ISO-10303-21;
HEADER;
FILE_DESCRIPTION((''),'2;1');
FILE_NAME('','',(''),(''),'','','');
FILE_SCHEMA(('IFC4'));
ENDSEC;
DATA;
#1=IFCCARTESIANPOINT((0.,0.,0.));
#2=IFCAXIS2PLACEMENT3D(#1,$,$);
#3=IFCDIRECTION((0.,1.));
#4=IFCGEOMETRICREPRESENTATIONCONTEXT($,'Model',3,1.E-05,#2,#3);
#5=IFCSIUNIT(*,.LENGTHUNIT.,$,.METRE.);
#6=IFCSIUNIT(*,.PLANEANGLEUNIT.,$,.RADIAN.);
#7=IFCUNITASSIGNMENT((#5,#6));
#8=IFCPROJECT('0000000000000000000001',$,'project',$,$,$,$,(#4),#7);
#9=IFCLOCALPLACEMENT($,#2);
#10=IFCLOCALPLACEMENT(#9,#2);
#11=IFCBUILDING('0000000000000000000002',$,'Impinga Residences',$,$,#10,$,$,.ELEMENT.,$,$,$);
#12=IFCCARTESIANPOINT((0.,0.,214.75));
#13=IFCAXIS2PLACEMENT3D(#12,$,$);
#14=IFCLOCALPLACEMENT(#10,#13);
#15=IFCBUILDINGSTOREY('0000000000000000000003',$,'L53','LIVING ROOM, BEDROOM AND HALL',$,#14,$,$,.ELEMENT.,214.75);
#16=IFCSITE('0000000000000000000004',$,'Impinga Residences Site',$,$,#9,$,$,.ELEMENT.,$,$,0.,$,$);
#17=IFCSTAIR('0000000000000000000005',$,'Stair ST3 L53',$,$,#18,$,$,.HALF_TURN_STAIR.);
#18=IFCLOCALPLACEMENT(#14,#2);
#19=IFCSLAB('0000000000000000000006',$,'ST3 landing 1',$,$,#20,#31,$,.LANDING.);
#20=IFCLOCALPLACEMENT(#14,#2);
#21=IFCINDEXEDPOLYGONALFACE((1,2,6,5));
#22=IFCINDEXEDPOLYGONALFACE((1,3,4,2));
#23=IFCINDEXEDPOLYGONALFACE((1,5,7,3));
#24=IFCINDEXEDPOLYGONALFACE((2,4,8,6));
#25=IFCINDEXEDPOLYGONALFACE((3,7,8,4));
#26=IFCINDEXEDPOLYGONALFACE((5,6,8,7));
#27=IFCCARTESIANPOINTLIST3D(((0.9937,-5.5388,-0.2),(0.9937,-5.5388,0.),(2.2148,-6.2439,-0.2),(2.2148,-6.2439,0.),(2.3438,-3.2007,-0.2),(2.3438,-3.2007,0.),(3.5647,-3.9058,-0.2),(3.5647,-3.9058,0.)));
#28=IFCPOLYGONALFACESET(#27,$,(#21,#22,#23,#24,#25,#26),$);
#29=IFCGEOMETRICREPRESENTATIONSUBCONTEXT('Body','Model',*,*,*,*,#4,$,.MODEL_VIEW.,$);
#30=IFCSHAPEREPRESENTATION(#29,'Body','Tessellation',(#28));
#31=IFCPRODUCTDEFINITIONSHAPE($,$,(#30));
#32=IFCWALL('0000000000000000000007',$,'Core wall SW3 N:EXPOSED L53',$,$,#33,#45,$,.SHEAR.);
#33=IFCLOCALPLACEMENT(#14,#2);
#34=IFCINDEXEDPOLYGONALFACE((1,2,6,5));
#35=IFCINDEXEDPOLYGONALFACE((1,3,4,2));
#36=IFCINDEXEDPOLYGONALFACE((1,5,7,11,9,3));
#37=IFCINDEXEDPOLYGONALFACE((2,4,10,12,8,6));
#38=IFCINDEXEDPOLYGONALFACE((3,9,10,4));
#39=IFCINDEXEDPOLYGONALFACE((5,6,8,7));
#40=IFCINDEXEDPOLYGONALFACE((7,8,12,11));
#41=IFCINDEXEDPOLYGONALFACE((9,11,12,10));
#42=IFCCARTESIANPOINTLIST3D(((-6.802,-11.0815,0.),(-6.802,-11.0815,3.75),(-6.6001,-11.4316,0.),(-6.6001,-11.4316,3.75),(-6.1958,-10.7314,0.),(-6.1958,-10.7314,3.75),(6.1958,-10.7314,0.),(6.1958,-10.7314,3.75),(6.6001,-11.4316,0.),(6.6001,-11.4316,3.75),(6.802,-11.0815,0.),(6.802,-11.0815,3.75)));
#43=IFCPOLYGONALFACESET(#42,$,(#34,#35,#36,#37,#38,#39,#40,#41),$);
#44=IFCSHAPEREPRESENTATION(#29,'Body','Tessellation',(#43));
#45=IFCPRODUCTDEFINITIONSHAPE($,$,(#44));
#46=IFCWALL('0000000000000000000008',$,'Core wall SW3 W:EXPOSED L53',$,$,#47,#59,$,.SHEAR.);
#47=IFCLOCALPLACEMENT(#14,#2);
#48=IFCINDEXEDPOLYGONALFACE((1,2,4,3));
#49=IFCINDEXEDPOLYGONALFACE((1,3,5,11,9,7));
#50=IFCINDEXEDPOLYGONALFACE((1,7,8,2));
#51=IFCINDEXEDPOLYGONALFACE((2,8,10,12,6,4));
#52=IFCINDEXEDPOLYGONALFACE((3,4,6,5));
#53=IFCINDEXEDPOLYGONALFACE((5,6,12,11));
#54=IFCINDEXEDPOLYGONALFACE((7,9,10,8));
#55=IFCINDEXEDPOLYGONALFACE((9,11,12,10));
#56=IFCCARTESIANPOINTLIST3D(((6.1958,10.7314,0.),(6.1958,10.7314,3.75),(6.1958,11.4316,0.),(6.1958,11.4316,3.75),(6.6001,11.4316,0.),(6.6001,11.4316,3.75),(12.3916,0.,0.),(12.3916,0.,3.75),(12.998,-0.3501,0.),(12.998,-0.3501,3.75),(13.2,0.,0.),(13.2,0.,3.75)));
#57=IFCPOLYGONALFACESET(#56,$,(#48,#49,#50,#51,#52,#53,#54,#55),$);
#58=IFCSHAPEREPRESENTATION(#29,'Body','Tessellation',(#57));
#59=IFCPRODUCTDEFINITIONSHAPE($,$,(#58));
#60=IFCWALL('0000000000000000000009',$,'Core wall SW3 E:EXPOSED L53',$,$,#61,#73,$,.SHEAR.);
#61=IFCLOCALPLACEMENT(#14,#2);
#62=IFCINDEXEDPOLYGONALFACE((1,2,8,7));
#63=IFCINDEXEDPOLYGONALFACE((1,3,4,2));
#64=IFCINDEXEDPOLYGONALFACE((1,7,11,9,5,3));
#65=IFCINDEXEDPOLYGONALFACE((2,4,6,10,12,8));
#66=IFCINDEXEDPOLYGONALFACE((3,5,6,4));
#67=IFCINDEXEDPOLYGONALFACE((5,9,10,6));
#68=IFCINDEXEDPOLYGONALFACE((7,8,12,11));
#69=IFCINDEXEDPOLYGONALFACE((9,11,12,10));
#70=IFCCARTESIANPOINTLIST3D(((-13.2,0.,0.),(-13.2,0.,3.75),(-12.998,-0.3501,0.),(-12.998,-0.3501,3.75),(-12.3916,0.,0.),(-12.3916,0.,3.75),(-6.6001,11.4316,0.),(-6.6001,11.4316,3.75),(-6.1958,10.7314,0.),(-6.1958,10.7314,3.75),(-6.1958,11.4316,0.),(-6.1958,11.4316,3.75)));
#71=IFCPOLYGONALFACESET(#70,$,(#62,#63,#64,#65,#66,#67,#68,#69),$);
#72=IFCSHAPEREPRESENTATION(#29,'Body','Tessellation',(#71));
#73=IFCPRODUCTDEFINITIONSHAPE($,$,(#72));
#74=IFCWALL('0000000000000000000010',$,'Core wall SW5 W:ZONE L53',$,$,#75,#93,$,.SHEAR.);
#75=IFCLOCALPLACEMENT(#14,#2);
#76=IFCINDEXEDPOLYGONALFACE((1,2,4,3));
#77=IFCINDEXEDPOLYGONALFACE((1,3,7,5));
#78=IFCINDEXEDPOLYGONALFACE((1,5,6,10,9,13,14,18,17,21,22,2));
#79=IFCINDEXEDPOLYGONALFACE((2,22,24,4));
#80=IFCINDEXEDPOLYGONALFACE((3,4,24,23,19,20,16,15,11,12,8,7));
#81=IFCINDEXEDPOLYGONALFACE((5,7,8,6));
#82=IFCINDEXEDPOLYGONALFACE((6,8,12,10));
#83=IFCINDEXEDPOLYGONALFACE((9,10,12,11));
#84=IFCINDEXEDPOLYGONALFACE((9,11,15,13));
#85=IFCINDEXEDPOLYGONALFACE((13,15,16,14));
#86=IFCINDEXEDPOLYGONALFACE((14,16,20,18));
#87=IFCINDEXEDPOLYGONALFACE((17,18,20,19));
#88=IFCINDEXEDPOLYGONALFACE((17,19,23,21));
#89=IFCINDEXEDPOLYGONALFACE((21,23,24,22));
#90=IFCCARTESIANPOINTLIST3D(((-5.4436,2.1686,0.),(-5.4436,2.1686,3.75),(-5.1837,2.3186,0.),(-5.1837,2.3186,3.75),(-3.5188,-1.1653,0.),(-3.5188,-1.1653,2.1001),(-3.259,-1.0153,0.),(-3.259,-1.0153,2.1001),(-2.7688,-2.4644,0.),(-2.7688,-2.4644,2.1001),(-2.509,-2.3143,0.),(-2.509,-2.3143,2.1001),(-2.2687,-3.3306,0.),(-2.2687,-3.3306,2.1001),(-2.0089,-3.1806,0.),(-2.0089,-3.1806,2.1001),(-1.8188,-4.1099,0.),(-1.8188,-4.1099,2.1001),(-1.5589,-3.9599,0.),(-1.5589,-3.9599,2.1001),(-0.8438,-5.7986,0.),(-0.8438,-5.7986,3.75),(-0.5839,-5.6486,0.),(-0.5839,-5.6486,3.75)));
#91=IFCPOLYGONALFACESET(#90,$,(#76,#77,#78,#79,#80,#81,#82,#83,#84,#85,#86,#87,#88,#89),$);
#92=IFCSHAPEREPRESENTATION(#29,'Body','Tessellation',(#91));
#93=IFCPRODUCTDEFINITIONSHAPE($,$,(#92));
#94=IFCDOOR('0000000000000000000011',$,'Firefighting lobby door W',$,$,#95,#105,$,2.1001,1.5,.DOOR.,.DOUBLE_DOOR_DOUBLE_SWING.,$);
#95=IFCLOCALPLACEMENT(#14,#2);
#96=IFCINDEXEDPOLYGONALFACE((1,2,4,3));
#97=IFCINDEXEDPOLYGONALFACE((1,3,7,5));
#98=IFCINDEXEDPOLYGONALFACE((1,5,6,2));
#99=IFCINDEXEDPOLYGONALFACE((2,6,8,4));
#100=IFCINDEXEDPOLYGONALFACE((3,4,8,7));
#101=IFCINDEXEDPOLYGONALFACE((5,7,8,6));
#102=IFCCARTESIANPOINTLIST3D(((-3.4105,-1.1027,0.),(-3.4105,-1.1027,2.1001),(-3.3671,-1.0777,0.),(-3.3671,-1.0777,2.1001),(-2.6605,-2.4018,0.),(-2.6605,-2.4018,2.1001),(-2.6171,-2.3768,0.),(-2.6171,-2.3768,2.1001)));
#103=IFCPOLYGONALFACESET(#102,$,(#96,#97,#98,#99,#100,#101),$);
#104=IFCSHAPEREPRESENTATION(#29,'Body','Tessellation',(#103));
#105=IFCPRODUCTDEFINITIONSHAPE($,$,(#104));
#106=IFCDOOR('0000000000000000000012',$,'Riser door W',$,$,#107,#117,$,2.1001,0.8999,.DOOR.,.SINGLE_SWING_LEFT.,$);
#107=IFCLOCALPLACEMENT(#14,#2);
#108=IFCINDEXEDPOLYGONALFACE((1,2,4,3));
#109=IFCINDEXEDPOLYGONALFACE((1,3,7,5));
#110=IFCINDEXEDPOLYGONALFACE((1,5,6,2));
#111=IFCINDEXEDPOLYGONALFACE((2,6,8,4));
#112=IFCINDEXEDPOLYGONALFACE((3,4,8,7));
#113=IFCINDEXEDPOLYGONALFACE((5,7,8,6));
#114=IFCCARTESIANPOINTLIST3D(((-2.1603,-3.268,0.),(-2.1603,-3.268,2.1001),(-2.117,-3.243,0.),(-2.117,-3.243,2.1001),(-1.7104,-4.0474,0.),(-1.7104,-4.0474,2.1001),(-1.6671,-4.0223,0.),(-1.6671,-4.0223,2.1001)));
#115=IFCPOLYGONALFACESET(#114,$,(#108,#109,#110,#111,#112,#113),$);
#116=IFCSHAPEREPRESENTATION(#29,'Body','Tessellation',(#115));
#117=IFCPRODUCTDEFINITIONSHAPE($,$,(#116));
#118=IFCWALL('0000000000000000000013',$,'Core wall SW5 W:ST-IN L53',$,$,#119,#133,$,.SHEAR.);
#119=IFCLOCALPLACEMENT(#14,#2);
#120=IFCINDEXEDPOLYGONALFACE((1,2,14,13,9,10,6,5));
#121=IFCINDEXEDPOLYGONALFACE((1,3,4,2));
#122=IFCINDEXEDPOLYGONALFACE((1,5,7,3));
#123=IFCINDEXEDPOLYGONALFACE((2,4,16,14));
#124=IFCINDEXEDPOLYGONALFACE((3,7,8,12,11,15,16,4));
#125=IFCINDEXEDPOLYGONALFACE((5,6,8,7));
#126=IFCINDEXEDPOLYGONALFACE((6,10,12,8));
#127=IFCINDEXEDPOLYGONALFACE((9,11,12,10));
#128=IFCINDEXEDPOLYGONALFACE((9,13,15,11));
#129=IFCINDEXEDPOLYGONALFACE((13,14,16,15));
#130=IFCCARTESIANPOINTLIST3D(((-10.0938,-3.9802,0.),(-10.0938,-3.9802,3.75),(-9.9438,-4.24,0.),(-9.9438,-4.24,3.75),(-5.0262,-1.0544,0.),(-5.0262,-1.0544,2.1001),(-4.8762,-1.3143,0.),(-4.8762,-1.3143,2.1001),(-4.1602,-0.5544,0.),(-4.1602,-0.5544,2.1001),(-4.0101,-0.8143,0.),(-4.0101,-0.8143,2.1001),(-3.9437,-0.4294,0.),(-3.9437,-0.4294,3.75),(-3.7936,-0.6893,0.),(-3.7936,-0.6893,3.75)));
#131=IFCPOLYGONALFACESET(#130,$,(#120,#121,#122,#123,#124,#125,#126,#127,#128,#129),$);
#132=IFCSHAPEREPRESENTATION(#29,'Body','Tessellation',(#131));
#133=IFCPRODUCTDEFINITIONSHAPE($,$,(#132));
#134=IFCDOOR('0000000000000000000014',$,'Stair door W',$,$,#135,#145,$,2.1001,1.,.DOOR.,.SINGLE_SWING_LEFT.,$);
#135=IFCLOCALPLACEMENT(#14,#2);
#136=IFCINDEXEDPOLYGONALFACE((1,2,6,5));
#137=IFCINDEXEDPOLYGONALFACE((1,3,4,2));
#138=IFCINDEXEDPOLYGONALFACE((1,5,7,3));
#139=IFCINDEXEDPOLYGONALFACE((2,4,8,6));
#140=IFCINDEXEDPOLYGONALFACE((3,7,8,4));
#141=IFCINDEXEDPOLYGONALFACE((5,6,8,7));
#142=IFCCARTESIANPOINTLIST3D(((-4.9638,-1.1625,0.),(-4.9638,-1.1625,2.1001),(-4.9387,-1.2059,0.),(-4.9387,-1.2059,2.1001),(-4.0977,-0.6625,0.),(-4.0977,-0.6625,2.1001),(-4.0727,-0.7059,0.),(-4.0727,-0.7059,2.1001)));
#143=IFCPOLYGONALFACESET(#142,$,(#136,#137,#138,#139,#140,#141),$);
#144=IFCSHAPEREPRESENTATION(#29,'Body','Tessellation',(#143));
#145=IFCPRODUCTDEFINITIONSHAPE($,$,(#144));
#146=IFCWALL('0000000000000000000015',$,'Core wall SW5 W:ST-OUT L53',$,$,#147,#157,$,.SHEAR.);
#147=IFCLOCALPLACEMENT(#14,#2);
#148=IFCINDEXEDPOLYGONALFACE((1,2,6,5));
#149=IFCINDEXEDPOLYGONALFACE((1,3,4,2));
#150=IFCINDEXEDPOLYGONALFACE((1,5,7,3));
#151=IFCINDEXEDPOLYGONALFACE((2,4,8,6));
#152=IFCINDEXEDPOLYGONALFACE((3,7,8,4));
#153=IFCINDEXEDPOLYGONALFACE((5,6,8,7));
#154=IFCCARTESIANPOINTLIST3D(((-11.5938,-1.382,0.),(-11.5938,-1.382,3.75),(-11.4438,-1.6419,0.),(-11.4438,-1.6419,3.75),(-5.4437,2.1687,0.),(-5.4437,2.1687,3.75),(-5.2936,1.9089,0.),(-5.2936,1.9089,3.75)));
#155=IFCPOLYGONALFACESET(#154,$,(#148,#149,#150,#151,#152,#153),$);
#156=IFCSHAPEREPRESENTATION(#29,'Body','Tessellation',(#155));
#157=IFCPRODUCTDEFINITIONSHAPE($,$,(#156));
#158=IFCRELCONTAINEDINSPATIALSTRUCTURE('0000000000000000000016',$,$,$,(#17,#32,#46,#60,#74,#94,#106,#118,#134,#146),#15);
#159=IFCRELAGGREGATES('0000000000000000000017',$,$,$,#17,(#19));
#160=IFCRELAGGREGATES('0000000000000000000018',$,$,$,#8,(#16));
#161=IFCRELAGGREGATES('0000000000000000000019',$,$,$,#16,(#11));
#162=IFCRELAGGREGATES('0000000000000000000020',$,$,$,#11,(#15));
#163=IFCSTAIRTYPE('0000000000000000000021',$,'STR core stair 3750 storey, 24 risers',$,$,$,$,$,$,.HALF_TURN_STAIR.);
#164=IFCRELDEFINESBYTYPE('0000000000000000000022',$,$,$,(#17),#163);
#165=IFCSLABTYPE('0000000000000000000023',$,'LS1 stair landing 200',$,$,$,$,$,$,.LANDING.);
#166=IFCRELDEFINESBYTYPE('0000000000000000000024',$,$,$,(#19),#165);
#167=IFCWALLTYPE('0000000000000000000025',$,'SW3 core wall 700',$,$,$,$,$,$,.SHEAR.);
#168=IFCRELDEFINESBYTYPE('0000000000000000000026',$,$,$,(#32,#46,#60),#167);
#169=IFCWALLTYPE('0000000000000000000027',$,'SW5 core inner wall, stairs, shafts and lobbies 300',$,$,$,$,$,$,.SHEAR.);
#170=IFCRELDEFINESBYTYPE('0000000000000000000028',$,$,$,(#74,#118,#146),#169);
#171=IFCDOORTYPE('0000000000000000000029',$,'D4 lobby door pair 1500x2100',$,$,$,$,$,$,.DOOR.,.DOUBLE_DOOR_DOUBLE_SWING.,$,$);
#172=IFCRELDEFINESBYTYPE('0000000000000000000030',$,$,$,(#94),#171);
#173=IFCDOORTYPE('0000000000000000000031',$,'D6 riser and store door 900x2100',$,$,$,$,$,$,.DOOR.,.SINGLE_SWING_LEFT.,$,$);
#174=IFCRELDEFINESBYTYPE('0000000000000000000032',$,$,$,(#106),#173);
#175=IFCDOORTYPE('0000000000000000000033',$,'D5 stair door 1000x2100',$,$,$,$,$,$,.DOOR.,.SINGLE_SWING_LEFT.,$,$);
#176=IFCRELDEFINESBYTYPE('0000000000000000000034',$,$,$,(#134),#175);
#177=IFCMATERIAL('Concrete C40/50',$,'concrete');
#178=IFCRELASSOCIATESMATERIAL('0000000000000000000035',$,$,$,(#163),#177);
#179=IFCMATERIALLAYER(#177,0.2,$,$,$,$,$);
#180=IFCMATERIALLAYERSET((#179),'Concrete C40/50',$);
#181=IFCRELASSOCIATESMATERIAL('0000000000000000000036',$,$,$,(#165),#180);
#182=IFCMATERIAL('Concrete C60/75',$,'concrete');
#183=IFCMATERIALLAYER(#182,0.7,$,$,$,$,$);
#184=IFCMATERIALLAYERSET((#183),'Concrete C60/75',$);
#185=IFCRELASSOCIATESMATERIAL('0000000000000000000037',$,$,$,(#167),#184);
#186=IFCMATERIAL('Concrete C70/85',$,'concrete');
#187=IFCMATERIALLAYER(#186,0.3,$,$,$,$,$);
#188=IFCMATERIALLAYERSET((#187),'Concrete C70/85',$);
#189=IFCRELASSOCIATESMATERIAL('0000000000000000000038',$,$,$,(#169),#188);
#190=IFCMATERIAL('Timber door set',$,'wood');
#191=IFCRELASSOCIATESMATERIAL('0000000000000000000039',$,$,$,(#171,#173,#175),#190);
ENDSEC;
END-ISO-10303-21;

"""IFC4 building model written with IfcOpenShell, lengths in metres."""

from ifc_helpers import new_model, si_unit, direction, frame, frame_2d, origin, place, context, subcontext, project, spatial, polyline, rectangle, outline, extrude, material, layer, layer_set, type_object, element, fill, aggregate, save


model = new_model("IFC4")

# Units and contexts
model_context = context("Model", 3, precision=1e-05, world=origin(), true_north=direction((0.0, 1.0)))
body_context = subcontext(model_context, "Body", "Model", "MODEL_VIEW")
ifc_project = project(units=[si_unit("LENGTHUNIT", "METRE"), si_unit("PLANEANGLEUNIT", "RADIAN")], contexts=[model_context])

# Site, building, storey
site_placement = place(None, origin())
site = spatial("IfcSite", under=ifc_project, at=site_placement, Name="Impinga Residences Site", CompositionType="ELEMENT", RefElevation=0.0)
building_placement = place(site_placement, origin())
building = spatial("IfcBuilding", under=site, at=building_placement, Name="Impinga Residences", CompositionType="ELEMENT")
storey_placement = place(building_placement, frame((0.0, 0.0, 214.75)))
storey = spatial("IfcBuildingStorey", under=building, at=storey_placement, Name="L53", Description="LIVING ROOM, BEDROOM AND HALL", CompositionType="ELEMENT", Elevation=214.75)

# Shared definitions
ifc_material_1 = material(Name="Concrete C60/75", Category="concrete")

# Shared definitions
ifc_material_2 = material(Name="Concrete C40/50", Category="concrete")
stair_type = type_object("IfcStairType", Name="STR core stair 3750 storey, 24 risers", PredefinedType="HALF_TURN_STAIR", material=ifc_material_2)
ifc_layer_1 = layer(ifc_material_2, 0.2)
ifc_layer_set_1 = layer_set([ifc_layer_1], Name="Concrete C40/50")
slab_type_1 = type_object("IfcSlabType", Name="LS1 stair landing 200", PredefinedType="LANDING", material=ifc_layer_set_1)

# Stair, slab
stair_1_placement = place(storey_placement, origin())
stair_1 = element("IfcStair", 1, at=stair_1_placement, inside=storey, type_object=stair_type, Name="Stair ST3 L53", PredefinedType="HALF_TURN_STAIR")
slab_1_placement = place(storey_placement, frame((0.0, 0.0, -0.2)))
slab_1 = element("IfcSlab", 2, at=slab_1_placement, type_object=slab_type_1, Name="ST3 landing 1", PredefinedType="LANDING", context=body_context, shape_type="SweptSolid", body=[
    extrude(outline(polyline([(2.3438, -3.2007), (0.9937, -5.5388), (2.2148, -6.2439), (3.5647, -3.9058), (2.3438, -3.2007)])), origin(), (0.0, 0.0, 1.0), 0.2),
])
aggregate(stair_1, [slab_1])

# Walls
ifc_layer_2 = layer(ifc_material_1, 0.7)
ifc_layer_set_2 = layer_set([ifc_layer_2], Name="Concrete C60/75")
wall_type_1 = type_object("IfcWallType", Name="SW3 core wall 700", PredefinedType="SHEAR", material=ifc_layer_set_2)
wall_1_placement = place(storey_placement, origin())
element("IfcWall", 3, at=wall_1_placement, inside=storey, type_object=wall_type_1, Name="Core wall SW3 N:EXPOSED L53", PredefinedType="SHEAR", context=body_context, shape_type="SweptSolid", body=[
    extrude(outline(polyline([(-6.6001, -11.4316), (6.6001, -11.4316), (6.802, -11.0815), (6.1958, -10.7314), (-6.1958, -10.7314), (-6.802, -11.0815), (-6.6001, -11.4316)])), origin(), (0.0, 0.0, 1.0), 3.75),
])
wall_2_placement = place(storey_placement, origin())
element("IfcWall", 4, at=wall_2_placement, inside=storey, type_object=wall_type_1, Name="Core wall SW3 W:EXPOSED L53", PredefinedType="SHEAR", context=body_context, shape_type="SweptSolid", body=[
    extrude(outline(polyline([(13.2, 0.0), (6.6001, 11.4316), (6.1958, 11.4316), (6.1958, 10.7314), (12.3916, 0.0), (12.998, -0.3501), (13.2, 0.0)])), origin(), (0.0, 0.0, 1.0), 3.75),
])
wall_3_placement = place(storey_placement, origin())
element("IfcWall", 5, at=wall_3_placement, inside=storey, type_object=wall_type_1, Name="Core wall SW3 E:EXPOSED L53", PredefinedType="SHEAR", context=body_context, shape_type="SweptSolid", body=[
    extrude(outline(polyline([(-6.6001, 11.4316), (-13.2, 0.0), (-12.998, -0.3501), (-12.3916, 0.0), (-6.1958, 10.7314), (-6.1958, 11.4316), (-6.6001, 11.4316)])), origin(), (0.0, 0.0, 1.0), 3.75),
])

# Wall, openings, doors
ifc_material_3 = material(Name="Concrete C70/85", Category="concrete")
ifc_layer_3 = layer(ifc_material_3, 0.3)
ifc_layer_set_3 = layer_set([ifc_layer_3], Name="Concrete C70/85")
wall_type_2 = type_object("IfcWallType", Name="SW5 core inner wall, stairs, shafts and lobbies 300", PredefinedType="SHEAR", material=ifc_layer_set_3)
wall_4_placement = place(storey_placement, frame((-0.7139, -5.7236, 0.0), z_axis=(0.0, 0.0, 1.0), x_axis=(-0.499995, 0.866028, 0.0)))
wall_4 = element("IfcWall", 6, at=wall_4_placement, inside=storey, type_object=wall_type_2, Name="Core wall SW5 W:ZONE L53", PredefinedType="SHEAR", context=body_context, shape_type="SweptSolid", body=[
    extrude(rectangle(XDim=9.1997, YDim=0.3, at=frame_2d((4.5999, 0.0))), origin(), (0.0, 0.0, 1.0), 3.75),
])
opening_1_placement = place(wall_4_placement, frame((3.8501, 0.0, 0.0)))
opening_1 = element("IfcOpeningElement", 7, at=opening_1_placement, cuts=wall_4, PredefinedType="OPENING", context=body_context, shape_type="SweptSolid", body=[
    extrude(rectangle(XDim=1.5, YDim=2.1001, at=frame_2d((0.75, 1.05))), frame((0.0, 0.1599, 0.0), z_axis=(0.0, -1.0, 0.0), x_axis=(1.0, 0.0, 0.0)), (0.0, 0.0, 1.0), 0.3201),
])
opening_2_placement = place(wall_4_placement, frame((1.95, 0.0, 0.0)))
opening_2 = element("IfcOpeningElement", 8, at=opening_2_placement, cuts=wall_4, PredefinedType="OPENING", context=body_context, shape_type="SweptSolid", body=[
    extrude(rectangle(XDim=0.8999, YDim=2.1001, at=frame_2d((0.45, 1.05))), frame((0.0, 0.1599, 0.0), z_axis=(0.0, -1.0, 0.0), x_axis=(1.0, 0.0, 0.0)), (0.0, 0.0, 1.0), 0.3201),
])
ifc_material_4 = material(Name="Timber door set", Category="wood")
door_type_1 = type_object("IfcDoorType", Name="D4 lobby door pair 1500x2100", OperationType="DOUBLE_DOOR_DOUBLE_SWING", PredefinedType="DOOR", material=ifc_material_4)
door_1_placement = place(opening_1_placement, origin())
door_1 = element("IfcDoor", 9, at=door_1_placement, inside=storey, type_object=door_type_1, Name="Firefighting lobby door W", OperationType="DOUBLE_DOOR_DOUBLE_SWING", OverallHeight=2.1001, OverallWidth=1.5, PredefinedType="DOOR", context=body_context, shape_type="SweptSolid", body=[
    extrude(rectangle(XDim=1.5, YDim=2.1001, at=frame_2d((0.75, 1.05))), frame((0.0, 0.0249, 0.0), z_axis=(0.0, -1.0, 0.0), x_axis=(1.0, 0.0, 0.0)), (0.0, 0.0, 1.0), 0.05),
])
fill(opening_1, door_1)
door_type_2 = type_object("IfcDoorType", Name="D6 riser and store door 900x2100", OperationType="SINGLE_SWING_LEFT", PredefinedType="DOOR", material=ifc_material_4)
door_2_placement = place(opening_2_placement, origin())
door_2 = element("IfcDoor", 10, at=door_2_placement, inside=storey, type_object=door_type_2, Name="Riser door W", OperationType="SINGLE_SWING_LEFT", OverallHeight=2.1001, OverallWidth=0.8999, PredefinedType="DOOR", context=body_context, shape_type="SweptSolid", body=[
    extrude(rectangle(XDim=0.8999, YDim=2.1001, at=frame_2d((0.45, 1.05))), frame((0.0, 0.0249, 0.0), z_axis=(0.0, -1.0, 0.0), x_axis=(1.0, 0.0, 0.0)), (0.0, 0.0, 1.0), 0.05),
])
fill(opening_2, door_2)

# Wall, opening, door
wall_5_placement = place(storey_placement, frame((-3.8687, -0.5593, 0.0), z_axis=(0.0, 0.0, 1.0), x_axis=(-0.866026, -0.499999, 0.0)))
wall_5 = element("IfcWall", 11, at=wall_5_placement, inside=storey, type_object=wall_type_2, Name="Core wall SW5 W:ST-IN L53", PredefinedType="SHEAR", context=body_context, shape_type="SweptSolid", body=[
    extrude(rectangle(XDim=7.1016, YDim=0.3, at=frame_2d((3.5508, 0.0))), origin(), (0.0, 0.0, 1.0), 3.75),
])
opening_3_placement = place(wall_5_placement, frame((0.25, 0.0, 0.0)))
opening_3 = element("IfcOpeningElement", 12, at=opening_3_placement, cuts=wall_5, PredefinedType="OPENING", context=body_context, shape_type="SweptSolid", body=[
    extrude(rectangle(XDim=1.0, YDim=2.1001, at=frame_2d((0.5, 1.05))), frame((0.0, 0.1599, 0.0), z_axis=(0.0, -1.0, 0.0), x_axis=(1.0, 0.0, 0.0)), (0.0, 0.0, 1.0), 0.3201),
])
door_type_3 = type_object("IfcDoorType", Name="D5 stair door 1000x2100", OperationType="SINGLE_SWING_LEFT", PredefinedType="DOOR", material=ifc_material_4)
door_3_placement = place(opening_3_placement, origin())
door_3 = element("IfcDoor", 13, at=door_3_placement, inside=storey, type_object=door_type_3, Name="Stair door W", OperationType="SINGLE_SWING_LEFT", OverallHeight=2.1001, OverallWidth=1.0, PredefinedType="DOOR", context=body_context, shape_type="SweptSolid", body=[
    extrude(rectangle(XDim=1.0, YDim=2.1001, at=frame_2d((0.5, 1.05))), frame((0.0, 0.0249, 0.0), z_axis=(0.0, -1.0, 0.0), x_axis=(1.0, 0.0, 0.0)), (0.0, 0.0, 1.0), 0.05),
])
fill(opening_3, door_3)

# Wall
wall_6_placement = place(storey_placement, frame((-5.3687, 2.0388, 0.0), z_axis=(0.0, 0.0, 1.0), x_axis=(-0.866026, -0.499999, 0.0)))
element("IfcWall", 14, at=wall_6_placement, inside=storey, type_object=wall_type_2, Name="Core wall SW5 W:ST-OUT L53", PredefinedType="SHEAR", context=body_context, shape_type="SweptSolid", body=[
    extrude(rectangle(XDim=7.1016, YDim=0.3, at=frame_2d((3.5508, 0.0))), origin(), (0.0, 0.0, 1.0), 3.75),
])

save(model, "model.ifc")
